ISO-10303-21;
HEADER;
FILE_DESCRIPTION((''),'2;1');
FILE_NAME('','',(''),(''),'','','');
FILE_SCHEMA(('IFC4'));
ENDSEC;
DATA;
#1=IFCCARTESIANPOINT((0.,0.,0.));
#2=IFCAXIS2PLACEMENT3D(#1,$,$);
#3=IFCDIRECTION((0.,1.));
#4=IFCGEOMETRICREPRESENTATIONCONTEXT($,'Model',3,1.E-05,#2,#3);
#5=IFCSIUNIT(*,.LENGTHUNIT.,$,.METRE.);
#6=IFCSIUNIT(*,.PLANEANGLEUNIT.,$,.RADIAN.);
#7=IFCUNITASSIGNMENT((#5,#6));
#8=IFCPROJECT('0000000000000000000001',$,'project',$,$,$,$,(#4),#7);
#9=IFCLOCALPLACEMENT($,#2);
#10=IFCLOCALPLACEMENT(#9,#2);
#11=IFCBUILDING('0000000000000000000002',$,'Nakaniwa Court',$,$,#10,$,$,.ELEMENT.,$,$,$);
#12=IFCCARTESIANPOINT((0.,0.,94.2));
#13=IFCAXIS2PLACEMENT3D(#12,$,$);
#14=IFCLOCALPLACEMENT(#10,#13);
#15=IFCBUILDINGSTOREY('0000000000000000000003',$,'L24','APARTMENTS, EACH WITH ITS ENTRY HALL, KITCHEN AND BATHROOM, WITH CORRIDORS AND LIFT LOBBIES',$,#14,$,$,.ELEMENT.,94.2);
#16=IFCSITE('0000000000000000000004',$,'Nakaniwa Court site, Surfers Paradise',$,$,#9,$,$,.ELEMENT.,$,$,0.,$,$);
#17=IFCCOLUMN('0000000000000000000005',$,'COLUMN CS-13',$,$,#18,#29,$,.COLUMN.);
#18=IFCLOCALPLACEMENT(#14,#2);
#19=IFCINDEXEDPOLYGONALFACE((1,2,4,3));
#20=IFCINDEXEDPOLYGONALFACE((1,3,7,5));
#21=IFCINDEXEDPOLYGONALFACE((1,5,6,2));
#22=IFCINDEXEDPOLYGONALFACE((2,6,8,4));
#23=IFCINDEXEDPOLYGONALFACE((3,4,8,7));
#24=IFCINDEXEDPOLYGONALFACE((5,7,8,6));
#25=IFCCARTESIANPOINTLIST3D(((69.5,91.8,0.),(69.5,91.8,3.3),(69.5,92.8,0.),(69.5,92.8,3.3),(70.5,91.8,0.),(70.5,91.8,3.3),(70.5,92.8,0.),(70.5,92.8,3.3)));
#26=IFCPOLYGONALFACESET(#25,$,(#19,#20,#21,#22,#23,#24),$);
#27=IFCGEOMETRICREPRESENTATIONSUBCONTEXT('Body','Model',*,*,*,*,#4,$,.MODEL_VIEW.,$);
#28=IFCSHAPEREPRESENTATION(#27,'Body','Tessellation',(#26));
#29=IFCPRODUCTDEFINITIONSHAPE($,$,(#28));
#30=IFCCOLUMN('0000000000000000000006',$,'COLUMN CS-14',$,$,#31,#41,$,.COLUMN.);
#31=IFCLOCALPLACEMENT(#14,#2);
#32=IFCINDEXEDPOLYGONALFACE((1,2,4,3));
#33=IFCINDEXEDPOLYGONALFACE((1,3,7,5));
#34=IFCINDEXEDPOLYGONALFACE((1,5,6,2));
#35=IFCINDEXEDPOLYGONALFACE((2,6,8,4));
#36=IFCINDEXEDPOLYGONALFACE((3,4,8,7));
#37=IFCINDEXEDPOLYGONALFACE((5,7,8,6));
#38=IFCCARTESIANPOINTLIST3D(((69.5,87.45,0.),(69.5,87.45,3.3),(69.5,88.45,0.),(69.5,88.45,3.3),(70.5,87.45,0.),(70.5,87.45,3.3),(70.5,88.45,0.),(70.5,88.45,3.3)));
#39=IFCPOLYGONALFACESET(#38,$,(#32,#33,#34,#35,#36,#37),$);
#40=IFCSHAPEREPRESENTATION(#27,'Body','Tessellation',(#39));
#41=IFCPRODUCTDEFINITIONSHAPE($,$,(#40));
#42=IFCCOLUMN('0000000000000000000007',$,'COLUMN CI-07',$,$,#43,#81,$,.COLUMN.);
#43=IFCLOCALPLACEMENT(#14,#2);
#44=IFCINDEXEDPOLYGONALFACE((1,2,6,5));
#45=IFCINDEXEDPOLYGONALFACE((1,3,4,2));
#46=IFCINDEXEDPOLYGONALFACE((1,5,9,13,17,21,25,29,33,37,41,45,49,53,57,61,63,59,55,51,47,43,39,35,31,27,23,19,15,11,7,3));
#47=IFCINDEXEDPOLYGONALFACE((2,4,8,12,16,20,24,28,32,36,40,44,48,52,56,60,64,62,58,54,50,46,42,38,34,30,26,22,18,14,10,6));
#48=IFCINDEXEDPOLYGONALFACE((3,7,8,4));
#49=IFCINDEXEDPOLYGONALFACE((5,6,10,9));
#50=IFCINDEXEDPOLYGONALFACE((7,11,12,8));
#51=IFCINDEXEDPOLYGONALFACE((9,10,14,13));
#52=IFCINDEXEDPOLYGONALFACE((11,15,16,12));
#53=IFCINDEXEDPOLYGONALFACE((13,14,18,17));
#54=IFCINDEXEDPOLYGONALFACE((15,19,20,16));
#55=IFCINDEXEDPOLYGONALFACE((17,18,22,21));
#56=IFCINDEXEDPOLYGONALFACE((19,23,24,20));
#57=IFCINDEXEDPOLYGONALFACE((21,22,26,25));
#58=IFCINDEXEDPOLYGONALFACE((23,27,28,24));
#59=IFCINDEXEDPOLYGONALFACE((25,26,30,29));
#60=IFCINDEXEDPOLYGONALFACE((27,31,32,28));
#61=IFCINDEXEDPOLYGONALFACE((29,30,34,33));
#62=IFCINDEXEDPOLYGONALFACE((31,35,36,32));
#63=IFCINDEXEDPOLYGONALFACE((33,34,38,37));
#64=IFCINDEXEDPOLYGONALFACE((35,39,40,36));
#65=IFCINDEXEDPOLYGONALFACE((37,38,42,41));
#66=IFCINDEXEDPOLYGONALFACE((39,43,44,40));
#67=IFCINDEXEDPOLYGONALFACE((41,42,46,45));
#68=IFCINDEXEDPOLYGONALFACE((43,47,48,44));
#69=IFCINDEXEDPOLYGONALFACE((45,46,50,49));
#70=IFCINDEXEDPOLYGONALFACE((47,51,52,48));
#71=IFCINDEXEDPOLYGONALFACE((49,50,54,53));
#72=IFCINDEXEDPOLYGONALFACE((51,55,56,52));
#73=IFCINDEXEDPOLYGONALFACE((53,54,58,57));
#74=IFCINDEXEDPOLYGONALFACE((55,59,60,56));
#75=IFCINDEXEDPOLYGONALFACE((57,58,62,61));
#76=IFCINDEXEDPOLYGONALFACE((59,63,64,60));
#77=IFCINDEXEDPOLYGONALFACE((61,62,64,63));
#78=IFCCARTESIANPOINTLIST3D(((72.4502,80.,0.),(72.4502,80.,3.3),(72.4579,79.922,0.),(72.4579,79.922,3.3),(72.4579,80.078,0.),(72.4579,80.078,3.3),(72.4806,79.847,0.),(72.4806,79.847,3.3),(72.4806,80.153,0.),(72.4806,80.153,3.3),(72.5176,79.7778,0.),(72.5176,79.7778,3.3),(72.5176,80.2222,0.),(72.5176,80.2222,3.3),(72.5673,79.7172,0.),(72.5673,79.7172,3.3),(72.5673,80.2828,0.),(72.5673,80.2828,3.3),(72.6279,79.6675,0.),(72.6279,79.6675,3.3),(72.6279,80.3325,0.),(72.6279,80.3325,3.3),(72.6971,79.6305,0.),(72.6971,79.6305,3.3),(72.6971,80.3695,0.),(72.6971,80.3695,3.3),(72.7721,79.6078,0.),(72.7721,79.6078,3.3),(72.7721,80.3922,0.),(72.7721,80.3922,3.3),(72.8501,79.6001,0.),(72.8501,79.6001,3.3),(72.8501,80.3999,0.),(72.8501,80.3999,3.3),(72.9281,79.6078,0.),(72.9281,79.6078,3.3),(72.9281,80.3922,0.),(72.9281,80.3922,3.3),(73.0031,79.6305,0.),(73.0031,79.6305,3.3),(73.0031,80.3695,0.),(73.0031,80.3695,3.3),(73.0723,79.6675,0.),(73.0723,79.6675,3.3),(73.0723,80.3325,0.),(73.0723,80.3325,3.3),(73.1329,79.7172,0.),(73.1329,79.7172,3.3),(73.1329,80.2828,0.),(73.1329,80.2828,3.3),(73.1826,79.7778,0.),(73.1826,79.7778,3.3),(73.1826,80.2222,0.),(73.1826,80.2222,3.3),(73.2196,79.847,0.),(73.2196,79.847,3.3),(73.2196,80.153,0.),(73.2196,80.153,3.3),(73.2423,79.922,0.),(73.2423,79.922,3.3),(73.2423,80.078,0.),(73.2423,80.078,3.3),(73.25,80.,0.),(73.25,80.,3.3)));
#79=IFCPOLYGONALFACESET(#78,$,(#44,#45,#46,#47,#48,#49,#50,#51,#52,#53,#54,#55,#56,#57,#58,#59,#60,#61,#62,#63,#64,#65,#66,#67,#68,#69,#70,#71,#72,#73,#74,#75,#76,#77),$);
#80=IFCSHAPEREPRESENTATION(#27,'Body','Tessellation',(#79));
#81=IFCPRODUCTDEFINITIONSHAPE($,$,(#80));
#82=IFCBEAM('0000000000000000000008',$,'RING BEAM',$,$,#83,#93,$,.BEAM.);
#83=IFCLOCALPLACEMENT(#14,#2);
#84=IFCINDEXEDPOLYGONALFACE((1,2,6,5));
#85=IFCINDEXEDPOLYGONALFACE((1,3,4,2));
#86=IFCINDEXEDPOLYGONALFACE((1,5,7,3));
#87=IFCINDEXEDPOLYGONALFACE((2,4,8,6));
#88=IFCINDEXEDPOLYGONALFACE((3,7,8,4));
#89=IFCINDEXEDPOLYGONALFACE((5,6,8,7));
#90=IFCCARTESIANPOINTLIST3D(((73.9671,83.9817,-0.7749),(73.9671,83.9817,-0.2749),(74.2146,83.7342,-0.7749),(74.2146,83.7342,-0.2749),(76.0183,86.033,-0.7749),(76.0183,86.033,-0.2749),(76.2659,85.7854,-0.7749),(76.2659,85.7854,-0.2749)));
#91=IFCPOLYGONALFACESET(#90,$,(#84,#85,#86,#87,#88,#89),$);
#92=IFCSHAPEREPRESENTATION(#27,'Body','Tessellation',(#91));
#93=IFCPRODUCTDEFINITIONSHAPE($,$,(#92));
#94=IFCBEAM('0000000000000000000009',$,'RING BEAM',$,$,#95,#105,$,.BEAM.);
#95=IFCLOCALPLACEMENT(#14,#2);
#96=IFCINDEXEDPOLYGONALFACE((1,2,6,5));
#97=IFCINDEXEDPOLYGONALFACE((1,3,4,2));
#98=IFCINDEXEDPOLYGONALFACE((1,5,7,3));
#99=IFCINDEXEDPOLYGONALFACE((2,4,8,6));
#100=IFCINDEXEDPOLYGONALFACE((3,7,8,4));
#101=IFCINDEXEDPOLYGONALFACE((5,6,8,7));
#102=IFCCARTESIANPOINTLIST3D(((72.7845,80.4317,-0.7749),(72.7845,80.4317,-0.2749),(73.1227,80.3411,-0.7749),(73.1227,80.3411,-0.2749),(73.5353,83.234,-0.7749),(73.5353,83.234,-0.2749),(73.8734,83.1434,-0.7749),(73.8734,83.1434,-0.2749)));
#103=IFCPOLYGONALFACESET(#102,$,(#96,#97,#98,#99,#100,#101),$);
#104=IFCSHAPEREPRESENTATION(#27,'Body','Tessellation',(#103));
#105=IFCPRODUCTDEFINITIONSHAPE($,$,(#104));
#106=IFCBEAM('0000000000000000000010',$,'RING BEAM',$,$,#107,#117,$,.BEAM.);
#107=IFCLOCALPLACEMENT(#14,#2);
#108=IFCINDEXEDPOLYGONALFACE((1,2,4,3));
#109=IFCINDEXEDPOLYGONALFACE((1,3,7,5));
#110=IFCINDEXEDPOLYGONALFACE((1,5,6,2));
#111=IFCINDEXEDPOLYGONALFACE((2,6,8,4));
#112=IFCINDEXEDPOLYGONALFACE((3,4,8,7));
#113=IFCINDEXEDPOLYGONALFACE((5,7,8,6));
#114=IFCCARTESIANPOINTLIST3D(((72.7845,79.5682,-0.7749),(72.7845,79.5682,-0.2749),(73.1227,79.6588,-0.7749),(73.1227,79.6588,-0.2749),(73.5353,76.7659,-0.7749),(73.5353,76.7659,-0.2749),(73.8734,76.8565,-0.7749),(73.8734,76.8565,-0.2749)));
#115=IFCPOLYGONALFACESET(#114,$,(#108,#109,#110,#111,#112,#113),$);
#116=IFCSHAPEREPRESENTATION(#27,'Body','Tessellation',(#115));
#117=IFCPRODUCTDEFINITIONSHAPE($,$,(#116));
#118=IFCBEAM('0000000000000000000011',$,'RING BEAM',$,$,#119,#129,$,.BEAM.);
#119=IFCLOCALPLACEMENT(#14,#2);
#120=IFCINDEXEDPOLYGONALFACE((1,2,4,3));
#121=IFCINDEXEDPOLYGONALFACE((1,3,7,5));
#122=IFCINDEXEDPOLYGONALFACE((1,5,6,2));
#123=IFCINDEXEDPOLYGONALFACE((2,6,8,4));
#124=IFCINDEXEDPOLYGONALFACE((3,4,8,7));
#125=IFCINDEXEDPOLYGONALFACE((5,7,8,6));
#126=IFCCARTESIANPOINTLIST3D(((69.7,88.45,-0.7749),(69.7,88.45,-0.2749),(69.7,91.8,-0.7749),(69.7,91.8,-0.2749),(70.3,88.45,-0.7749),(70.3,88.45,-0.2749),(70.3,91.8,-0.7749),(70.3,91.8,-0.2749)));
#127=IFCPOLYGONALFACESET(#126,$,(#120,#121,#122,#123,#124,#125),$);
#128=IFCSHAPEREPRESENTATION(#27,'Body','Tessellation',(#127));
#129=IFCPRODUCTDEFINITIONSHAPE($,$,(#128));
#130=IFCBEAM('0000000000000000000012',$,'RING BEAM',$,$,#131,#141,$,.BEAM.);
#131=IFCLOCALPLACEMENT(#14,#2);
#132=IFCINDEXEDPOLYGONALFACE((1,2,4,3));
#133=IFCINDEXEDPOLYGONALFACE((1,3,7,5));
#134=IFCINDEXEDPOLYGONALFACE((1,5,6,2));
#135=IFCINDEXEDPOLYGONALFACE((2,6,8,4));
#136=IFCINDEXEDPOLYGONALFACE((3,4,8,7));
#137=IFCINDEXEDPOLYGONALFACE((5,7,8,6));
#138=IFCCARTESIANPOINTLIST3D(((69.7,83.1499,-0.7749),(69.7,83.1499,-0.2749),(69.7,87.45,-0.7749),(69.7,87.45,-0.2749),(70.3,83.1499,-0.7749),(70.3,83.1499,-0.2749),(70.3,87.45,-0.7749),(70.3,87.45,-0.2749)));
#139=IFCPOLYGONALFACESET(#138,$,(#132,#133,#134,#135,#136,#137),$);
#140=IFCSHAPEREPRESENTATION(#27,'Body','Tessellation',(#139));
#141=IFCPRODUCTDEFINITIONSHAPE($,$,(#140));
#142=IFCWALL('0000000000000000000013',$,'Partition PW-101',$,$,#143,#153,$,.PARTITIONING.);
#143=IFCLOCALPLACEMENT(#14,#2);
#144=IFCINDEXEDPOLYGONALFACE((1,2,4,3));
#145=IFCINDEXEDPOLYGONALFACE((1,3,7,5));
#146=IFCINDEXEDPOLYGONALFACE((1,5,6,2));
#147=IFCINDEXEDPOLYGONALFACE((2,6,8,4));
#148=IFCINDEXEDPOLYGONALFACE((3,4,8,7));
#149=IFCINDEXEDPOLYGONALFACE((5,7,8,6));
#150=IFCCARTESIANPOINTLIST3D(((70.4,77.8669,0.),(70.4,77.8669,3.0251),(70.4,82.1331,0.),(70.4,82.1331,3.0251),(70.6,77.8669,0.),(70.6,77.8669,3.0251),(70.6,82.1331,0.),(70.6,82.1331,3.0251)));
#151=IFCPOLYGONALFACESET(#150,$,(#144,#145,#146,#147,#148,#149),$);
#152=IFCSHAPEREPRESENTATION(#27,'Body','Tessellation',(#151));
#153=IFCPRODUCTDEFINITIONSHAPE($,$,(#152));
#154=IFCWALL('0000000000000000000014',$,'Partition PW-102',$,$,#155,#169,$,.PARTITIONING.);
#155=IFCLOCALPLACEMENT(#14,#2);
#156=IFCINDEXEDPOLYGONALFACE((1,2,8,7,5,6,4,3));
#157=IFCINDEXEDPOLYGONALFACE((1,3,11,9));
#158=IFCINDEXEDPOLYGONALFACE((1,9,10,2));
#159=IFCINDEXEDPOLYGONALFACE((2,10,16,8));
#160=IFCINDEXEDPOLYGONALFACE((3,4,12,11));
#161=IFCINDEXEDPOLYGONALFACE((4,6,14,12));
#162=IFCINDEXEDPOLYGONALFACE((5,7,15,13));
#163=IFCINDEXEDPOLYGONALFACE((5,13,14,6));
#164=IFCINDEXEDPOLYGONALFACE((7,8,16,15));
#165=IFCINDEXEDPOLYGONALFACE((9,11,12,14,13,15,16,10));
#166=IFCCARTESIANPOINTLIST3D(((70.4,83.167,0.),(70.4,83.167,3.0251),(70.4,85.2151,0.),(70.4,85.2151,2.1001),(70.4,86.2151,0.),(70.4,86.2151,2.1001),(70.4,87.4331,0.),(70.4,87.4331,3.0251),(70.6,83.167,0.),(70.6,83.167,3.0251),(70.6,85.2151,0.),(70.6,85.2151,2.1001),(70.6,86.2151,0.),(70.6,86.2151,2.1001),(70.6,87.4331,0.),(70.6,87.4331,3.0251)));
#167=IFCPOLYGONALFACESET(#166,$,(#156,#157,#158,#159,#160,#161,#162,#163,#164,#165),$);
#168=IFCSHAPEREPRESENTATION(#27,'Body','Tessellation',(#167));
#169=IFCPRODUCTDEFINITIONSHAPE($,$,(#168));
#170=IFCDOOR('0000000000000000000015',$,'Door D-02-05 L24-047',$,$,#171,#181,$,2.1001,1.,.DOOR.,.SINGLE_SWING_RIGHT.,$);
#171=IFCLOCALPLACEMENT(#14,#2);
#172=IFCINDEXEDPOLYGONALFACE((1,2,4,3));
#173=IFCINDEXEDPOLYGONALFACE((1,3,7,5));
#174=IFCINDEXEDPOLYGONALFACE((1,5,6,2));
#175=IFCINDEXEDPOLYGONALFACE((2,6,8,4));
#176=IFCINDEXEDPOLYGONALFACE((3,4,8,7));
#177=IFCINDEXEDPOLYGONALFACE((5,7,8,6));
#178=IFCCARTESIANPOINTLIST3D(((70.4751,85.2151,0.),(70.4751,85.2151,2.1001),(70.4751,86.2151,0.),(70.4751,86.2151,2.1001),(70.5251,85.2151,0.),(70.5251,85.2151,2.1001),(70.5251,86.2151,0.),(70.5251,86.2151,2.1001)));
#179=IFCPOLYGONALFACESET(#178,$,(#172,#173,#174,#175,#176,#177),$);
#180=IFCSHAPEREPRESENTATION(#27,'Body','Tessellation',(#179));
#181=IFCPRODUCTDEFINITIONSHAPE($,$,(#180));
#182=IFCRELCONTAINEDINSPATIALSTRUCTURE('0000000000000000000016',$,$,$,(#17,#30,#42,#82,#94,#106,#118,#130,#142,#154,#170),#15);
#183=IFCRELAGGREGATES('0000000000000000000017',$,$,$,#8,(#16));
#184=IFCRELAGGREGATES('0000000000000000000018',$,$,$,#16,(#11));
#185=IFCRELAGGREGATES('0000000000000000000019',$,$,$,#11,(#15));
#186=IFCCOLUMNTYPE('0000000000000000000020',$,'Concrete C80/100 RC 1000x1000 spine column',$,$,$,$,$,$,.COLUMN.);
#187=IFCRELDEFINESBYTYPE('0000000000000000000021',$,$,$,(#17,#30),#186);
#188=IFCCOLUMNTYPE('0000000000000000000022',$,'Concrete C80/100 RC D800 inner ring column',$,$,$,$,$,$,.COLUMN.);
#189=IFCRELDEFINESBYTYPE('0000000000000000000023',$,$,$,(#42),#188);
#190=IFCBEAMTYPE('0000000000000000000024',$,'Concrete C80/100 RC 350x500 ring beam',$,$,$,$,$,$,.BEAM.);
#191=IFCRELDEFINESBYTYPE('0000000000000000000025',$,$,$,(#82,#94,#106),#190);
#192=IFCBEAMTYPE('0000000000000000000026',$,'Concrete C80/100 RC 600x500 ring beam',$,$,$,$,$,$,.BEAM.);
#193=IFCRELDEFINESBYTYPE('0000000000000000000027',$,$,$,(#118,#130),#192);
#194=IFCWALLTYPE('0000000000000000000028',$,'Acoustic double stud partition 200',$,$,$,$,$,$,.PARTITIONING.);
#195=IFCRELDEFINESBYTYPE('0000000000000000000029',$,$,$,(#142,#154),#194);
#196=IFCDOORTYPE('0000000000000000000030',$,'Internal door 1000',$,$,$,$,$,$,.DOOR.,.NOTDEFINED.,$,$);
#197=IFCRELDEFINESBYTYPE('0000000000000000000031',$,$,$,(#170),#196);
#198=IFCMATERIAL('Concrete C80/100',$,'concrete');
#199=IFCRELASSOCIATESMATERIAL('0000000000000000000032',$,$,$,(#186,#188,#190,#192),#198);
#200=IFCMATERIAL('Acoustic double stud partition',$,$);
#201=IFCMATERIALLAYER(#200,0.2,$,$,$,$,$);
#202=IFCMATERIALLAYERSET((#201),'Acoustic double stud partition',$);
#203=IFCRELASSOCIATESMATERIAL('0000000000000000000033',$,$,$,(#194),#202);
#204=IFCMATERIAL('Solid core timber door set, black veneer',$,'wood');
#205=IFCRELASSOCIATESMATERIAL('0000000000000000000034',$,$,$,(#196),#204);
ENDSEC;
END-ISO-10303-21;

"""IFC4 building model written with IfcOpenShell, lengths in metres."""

from ifc_helpers import new_model, si_unit, direction, frame, frame_2d, origin, origin_2d, place, context, subcontext, project, spatial, rectangle, circle, extrude, material, layer, layer_set, material_profile, profile_set, type_object, element, fill, save


model = new_model("IFC4")

# Units and contexts
model_context = context("Model", 3, precision=1e-05, world=origin(), true_north=direction((0.0, 1.0)))
body_context = subcontext(model_context, "Body", "Model", "MODEL_VIEW")
ifc_project = project(units=[si_unit("LENGTHUNIT", "METRE"), si_unit("PLANEANGLEUNIT", "RADIAN")], contexts=[model_context])

# Site, building, storey
site_placement = place(None, origin())
site = spatial("IfcSite", under=ifc_project, at=site_placement, Name="Nakaniwa Court site, Surfers Paradise", CompositionType="ELEMENT", RefElevation=0.0)
building_placement = place(site_placement, origin())
building = spatial("IfcBuilding", under=site, at=building_placement, Name="Nakaniwa Court", CompositionType="ELEMENT")
storey_placement = place(building_placement, frame((0.0, 0.0, 94.2)))
storey = spatial("IfcBuildingStorey", under=building, at=storey_placement, Name="L24", Description="APARTMENTS, EACH WITH ITS ENTRY HALL, KITCHEN AND BATHROOM, WITH CORRIDORS AND LIFT LOBBIES", CompositionType="ELEMENT", Elevation=94.2)

# Columns
ifc_material_1 = material(Name="Concrete C80/100", Category="concrete")
ifc_material_profile_1 = material_profile(ifc_material_1, rectangle(XDim=1.0, YDim=1.0, at=origin_2d()), Name="Concrete C80/100 RC 1000x1000 spine column")
ifc_profile_set_1 = profile_set([ifc_material_profile_1], Name="Concrete C80/100")
column_type_1 = type_object("IfcColumnType", Name="Concrete C80/100 RC 1000x1000 spine column", PredefinedType="COLUMN", material=ifc_profile_set_1)
for number, where, z_axis, x_axis, name in (
    (1, (70.0, 92.3, 0.0), (0.0, 0.0, 1.0), (0.0, -1.0, 0.0), "COLUMN CS-13"),
    (2, (70.0, 87.95, 0.0), (0.0, 0.0, 1.0), (0.0, -1.0, 0.0), "COLUMN CS-14"),
):
    element("IfcColumn", number, at=place(storey_placement, frame(where, z_axis=z_axis, x_axis=x_axis)), inside=storey, type_object=column_type_1, Name=name, PredefinedType="COLUMN", context=body_context, shape_type="SweptSolid", body=[
        extrude(rectangle(XDim=1.0, YDim=1.0, at=origin_2d()), origin(), (0.0, 0.0, 1.0), 3.3),
    ])
ifc_material_profile_2 = material_profile(ifc_material_1, circle(Radius=0.3999, at=origin_2d()), Name="Concrete C80/100 RC D800 inner ring column")
ifc_profile_set_2 = profile_set([ifc_material_profile_2], Name="Concrete C80/100")
column_type_2 = type_object("IfcColumnType", Name="Concrete C80/100 RC D800 inner ring column", PredefinedType="COLUMN", material=ifc_profile_set_2)
for number, where, z_axis, x_axis, name in (
    (3, (72.8501, 80.0, 0.0), (0.0, 0.0, 1.0), (0.0, -1.0, 0.0), "COLUMN CI-07"),
):
    element("IfcColumn", number, at=place(storey_placement, frame(where, z_axis=z_axis, x_axis=x_axis)), inside=storey, type_object=column_type_2, Name=name, PredefinedType="COLUMN", context=body_context, shape_type="SweptSolid", body=[
        extrude(circle(Radius=0.3999, at=origin_2d()), origin(), (0.0, 0.0, 1.0), 3.3),
    ])

# Beams
ifc_material_profile_3 = material_profile(ifc_material_1, rectangle(XDim=0.3501, YDim=0.5, at=origin_2d()), Name="Concrete C80/100 RC 350x500 ring beam")
ifc_profile_set_3 = profile_set([ifc_material_profile_3], Name="Concrete C80/100")
beam_type_1 = type_object("IfcBeamType", Name="Concrete C80/100 RC 350x500 ring beam", PredefinedType="BEAM", material=ifc_profile_set_3)
beam_1_placement = place(storey_placement, frame((76.1421, 85.9092, -0.5249), z_axis=(-0.707107, -0.707107, 0.0), x_axis=(0.707107, -0.707107, 0.0)))
element("IfcBeam", 4, at=beam_1_placement, inside=storey, type_object=beam_type_1, Name="RING BEAM", PredefinedType="BEAM", context=body_context, shape_type="SweptSolid", body=[
    extrude(rectangle(XDim=0.3501, YDim=0.5, at=origin_2d()), origin(), (0.0, 0.0, 1.0), 2.9009),
])
for number, where, z_axis, x_axis, name in (
    (5, (73.7043, 83.1887, -0.5249), (-0.258778, -0.965937, 0.0), (0.965937, -0.258778, 0.0), "RING BEAM"),
    (6, (72.9536, 79.6135, -0.5249), (0.258778, -0.965937, 0.0), (0.965937, 0.258778, 0.0), "RING BEAM"),
):
    element("IfcBeam", number, at=place(storey_placement, frame(where, z_axis=z_axis, x_axis=x_axis)), inside=storey, type_object=beam_type_1, Name=name, PredefinedType="BEAM", context=body_context, shape_type="SweptSolid", body=[
        extrude(rectangle(XDim=0.3501, YDim=0.5, at=origin_2d()), origin(), (0.0, 0.0, 1.0), 2.9011),
    ])
ifc_material_profile_4 = material_profile(ifc_material_1, rectangle(XDim=0.6001, YDim=0.5, at=origin_2d()), Name="Concrete C80/100 RC 600x500 ring beam")
ifc_profile_set_4 = profile_set([ifc_material_profile_4], Name="Concrete C80/100")
beam_type_2 = type_object("IfcBeamType", Name="Concrete C80/100 RC 600x500 ring beam", PredefinedType="BEAM", material=ifc_profile_set_4)
beam_2_placement = place(storey_placement, frame((70.0, 91.8, -0.5249), z_axis=(0.0, -1.0, 0.0), x_axis=(1.0, 0.0, 0.0)))
element("IfcBeam", 7, at=beam_2_placement, inside=storey, type_object=beam_type_2, Name="RING BEAM", PredefinedType="BEAM", context=body_context, shape_type="SweptSolid", body=[
    extrude(rectangle(XDim=0.6001, YDim=0.5, at=origin_2d()), origin(), (0.0, 0.0, 1.0), 3.3501),
])
beam_3_placement = place(storey_placement, frame((70.0, 87.45, -0.5249), z_axis=(0.0, -1.0, 0.0), x_axis=(1.0, 0.0, 0.0)))
element("IfcBeam", 8, at=beam_3_placement, inside=storey, type_object=beam_type_2, Name="RING BEAM", PredefinedType="BEAM", context=body_context, shape_type="SweptSolid", body=[
    extrude(rectangle(XDim=0.6001, YDim=0.5, at=origin_2d()), origin(), (0.0, 0.0, 1.0), 4.3),
])

# Wall
ifc_material_2 = material(Name="Acoustic double stud partition")
ifc_layer_1 = layer(ifc_material_2, 0.2)
ifc_layer_set_1 = layer_set([ifc_layer_1], Name="Acoustic double stud partition")
wall_type_1 = type_object("IfcWallType", Name="Acoustic double stud partition 200", PredefinedType="PARTITIONING", material=ifc_layer_set_1)
wall_1_placement = place(storey_placement, frame((70.5, 77.8669, 0.0), z_axis=(0.0, 0.0, 1.0), x_axis=(0.0, 1.0, 0.0)))
element("IfcWall", 9, at=wall_1_placement, inside=storey, type_object=wall_type_1, Name="Partition PW-101", PredefinedType="PARTITIONING", context=body_context, shape_type="SweptSolid", body=[
    extrude(rectangle(XDim=4.2661, YDim=0.2, at=frame_2d((2.1331, 0.0))), origin(), (0.0, 0.0, 1.0), 3.0251),
])

# Wall, opening, door
wall_2_placement = place(storey_placement, frame((70.5, 83.167, 0.0), z_axis=(0.0, 0.0, 1.0), x_axis=(0.0, 1.0, 0.0)))
wall_2 = element("IfcWall", 10, at=wall_2_placement, inside=storey, type_object=wall_type_1, Name="Partition PW-102", PredefinedType="PARTITIONING", context=body_context, shape_type="SweptSolid", body=[
    extrude(rectangle(XDim=4.2661, YDim=0.2, at=frame_2d((2.1331, 0.0))), origin(), (0.0, 0.0, 1.0), 3.0251),
])
opening_1_placement = place(wall_2_placement, frame((2.0481, 0.0, 0.0)))
opening_1 = element("IfcOpeningElement", 11, at=opening_1_placement, cuts=wall_2, PredefinedType="OPENING", context=body_context, shape_type="SweptSolid", body=[
    extrude(rectangle(XDim=1.0, YDim=2.1001, at=frame_2d((0.5, 1.05))), frame((0.0, 0.1099, 0.0), z_axis=(0.0, -1.0, 0.0), x_axis=(1.0, 0.0, 0.0)), (0.0, 0.0, 1.0), 0.22),
])
ifc_material_3 = material(Name="Solid core timber door set, black veneer", Category="wood")
door_type_1 = type_object("IfcDoorType", Name="Internal door 1000", OperationType="NOTDEFINED", PredefinedType="DOOR", material=ifc_material_3)
door_1_placement = place(opening_1_placement, origin())
door_1 = element("IfcDoor", 12, at=door_1_placement, inside=storey, type_object=door_type_1, Name="Door D-02-05 L24-047", OperationType="SINGLE_SWING_RIGHT", OverallHeight=2.1001, OverallWidth=1.0, PredefinedType="DOOR", context=body_context, shape_type="SweptSolid", body=[
    extrude(rectangle(XDim=1.0, YDim=2.1001, at=frame_2d((0.5, 1.05))), frame((0.0, 0.0249, 0.0), z_axis=(0.0, -1.0, 0.0), x_axis=(1.0, 0.0, 0.0)), (0.0, 0.0, 1.0), 0.05),
])
fill(opening_1, door_1)

save(model, "model.ifc")
